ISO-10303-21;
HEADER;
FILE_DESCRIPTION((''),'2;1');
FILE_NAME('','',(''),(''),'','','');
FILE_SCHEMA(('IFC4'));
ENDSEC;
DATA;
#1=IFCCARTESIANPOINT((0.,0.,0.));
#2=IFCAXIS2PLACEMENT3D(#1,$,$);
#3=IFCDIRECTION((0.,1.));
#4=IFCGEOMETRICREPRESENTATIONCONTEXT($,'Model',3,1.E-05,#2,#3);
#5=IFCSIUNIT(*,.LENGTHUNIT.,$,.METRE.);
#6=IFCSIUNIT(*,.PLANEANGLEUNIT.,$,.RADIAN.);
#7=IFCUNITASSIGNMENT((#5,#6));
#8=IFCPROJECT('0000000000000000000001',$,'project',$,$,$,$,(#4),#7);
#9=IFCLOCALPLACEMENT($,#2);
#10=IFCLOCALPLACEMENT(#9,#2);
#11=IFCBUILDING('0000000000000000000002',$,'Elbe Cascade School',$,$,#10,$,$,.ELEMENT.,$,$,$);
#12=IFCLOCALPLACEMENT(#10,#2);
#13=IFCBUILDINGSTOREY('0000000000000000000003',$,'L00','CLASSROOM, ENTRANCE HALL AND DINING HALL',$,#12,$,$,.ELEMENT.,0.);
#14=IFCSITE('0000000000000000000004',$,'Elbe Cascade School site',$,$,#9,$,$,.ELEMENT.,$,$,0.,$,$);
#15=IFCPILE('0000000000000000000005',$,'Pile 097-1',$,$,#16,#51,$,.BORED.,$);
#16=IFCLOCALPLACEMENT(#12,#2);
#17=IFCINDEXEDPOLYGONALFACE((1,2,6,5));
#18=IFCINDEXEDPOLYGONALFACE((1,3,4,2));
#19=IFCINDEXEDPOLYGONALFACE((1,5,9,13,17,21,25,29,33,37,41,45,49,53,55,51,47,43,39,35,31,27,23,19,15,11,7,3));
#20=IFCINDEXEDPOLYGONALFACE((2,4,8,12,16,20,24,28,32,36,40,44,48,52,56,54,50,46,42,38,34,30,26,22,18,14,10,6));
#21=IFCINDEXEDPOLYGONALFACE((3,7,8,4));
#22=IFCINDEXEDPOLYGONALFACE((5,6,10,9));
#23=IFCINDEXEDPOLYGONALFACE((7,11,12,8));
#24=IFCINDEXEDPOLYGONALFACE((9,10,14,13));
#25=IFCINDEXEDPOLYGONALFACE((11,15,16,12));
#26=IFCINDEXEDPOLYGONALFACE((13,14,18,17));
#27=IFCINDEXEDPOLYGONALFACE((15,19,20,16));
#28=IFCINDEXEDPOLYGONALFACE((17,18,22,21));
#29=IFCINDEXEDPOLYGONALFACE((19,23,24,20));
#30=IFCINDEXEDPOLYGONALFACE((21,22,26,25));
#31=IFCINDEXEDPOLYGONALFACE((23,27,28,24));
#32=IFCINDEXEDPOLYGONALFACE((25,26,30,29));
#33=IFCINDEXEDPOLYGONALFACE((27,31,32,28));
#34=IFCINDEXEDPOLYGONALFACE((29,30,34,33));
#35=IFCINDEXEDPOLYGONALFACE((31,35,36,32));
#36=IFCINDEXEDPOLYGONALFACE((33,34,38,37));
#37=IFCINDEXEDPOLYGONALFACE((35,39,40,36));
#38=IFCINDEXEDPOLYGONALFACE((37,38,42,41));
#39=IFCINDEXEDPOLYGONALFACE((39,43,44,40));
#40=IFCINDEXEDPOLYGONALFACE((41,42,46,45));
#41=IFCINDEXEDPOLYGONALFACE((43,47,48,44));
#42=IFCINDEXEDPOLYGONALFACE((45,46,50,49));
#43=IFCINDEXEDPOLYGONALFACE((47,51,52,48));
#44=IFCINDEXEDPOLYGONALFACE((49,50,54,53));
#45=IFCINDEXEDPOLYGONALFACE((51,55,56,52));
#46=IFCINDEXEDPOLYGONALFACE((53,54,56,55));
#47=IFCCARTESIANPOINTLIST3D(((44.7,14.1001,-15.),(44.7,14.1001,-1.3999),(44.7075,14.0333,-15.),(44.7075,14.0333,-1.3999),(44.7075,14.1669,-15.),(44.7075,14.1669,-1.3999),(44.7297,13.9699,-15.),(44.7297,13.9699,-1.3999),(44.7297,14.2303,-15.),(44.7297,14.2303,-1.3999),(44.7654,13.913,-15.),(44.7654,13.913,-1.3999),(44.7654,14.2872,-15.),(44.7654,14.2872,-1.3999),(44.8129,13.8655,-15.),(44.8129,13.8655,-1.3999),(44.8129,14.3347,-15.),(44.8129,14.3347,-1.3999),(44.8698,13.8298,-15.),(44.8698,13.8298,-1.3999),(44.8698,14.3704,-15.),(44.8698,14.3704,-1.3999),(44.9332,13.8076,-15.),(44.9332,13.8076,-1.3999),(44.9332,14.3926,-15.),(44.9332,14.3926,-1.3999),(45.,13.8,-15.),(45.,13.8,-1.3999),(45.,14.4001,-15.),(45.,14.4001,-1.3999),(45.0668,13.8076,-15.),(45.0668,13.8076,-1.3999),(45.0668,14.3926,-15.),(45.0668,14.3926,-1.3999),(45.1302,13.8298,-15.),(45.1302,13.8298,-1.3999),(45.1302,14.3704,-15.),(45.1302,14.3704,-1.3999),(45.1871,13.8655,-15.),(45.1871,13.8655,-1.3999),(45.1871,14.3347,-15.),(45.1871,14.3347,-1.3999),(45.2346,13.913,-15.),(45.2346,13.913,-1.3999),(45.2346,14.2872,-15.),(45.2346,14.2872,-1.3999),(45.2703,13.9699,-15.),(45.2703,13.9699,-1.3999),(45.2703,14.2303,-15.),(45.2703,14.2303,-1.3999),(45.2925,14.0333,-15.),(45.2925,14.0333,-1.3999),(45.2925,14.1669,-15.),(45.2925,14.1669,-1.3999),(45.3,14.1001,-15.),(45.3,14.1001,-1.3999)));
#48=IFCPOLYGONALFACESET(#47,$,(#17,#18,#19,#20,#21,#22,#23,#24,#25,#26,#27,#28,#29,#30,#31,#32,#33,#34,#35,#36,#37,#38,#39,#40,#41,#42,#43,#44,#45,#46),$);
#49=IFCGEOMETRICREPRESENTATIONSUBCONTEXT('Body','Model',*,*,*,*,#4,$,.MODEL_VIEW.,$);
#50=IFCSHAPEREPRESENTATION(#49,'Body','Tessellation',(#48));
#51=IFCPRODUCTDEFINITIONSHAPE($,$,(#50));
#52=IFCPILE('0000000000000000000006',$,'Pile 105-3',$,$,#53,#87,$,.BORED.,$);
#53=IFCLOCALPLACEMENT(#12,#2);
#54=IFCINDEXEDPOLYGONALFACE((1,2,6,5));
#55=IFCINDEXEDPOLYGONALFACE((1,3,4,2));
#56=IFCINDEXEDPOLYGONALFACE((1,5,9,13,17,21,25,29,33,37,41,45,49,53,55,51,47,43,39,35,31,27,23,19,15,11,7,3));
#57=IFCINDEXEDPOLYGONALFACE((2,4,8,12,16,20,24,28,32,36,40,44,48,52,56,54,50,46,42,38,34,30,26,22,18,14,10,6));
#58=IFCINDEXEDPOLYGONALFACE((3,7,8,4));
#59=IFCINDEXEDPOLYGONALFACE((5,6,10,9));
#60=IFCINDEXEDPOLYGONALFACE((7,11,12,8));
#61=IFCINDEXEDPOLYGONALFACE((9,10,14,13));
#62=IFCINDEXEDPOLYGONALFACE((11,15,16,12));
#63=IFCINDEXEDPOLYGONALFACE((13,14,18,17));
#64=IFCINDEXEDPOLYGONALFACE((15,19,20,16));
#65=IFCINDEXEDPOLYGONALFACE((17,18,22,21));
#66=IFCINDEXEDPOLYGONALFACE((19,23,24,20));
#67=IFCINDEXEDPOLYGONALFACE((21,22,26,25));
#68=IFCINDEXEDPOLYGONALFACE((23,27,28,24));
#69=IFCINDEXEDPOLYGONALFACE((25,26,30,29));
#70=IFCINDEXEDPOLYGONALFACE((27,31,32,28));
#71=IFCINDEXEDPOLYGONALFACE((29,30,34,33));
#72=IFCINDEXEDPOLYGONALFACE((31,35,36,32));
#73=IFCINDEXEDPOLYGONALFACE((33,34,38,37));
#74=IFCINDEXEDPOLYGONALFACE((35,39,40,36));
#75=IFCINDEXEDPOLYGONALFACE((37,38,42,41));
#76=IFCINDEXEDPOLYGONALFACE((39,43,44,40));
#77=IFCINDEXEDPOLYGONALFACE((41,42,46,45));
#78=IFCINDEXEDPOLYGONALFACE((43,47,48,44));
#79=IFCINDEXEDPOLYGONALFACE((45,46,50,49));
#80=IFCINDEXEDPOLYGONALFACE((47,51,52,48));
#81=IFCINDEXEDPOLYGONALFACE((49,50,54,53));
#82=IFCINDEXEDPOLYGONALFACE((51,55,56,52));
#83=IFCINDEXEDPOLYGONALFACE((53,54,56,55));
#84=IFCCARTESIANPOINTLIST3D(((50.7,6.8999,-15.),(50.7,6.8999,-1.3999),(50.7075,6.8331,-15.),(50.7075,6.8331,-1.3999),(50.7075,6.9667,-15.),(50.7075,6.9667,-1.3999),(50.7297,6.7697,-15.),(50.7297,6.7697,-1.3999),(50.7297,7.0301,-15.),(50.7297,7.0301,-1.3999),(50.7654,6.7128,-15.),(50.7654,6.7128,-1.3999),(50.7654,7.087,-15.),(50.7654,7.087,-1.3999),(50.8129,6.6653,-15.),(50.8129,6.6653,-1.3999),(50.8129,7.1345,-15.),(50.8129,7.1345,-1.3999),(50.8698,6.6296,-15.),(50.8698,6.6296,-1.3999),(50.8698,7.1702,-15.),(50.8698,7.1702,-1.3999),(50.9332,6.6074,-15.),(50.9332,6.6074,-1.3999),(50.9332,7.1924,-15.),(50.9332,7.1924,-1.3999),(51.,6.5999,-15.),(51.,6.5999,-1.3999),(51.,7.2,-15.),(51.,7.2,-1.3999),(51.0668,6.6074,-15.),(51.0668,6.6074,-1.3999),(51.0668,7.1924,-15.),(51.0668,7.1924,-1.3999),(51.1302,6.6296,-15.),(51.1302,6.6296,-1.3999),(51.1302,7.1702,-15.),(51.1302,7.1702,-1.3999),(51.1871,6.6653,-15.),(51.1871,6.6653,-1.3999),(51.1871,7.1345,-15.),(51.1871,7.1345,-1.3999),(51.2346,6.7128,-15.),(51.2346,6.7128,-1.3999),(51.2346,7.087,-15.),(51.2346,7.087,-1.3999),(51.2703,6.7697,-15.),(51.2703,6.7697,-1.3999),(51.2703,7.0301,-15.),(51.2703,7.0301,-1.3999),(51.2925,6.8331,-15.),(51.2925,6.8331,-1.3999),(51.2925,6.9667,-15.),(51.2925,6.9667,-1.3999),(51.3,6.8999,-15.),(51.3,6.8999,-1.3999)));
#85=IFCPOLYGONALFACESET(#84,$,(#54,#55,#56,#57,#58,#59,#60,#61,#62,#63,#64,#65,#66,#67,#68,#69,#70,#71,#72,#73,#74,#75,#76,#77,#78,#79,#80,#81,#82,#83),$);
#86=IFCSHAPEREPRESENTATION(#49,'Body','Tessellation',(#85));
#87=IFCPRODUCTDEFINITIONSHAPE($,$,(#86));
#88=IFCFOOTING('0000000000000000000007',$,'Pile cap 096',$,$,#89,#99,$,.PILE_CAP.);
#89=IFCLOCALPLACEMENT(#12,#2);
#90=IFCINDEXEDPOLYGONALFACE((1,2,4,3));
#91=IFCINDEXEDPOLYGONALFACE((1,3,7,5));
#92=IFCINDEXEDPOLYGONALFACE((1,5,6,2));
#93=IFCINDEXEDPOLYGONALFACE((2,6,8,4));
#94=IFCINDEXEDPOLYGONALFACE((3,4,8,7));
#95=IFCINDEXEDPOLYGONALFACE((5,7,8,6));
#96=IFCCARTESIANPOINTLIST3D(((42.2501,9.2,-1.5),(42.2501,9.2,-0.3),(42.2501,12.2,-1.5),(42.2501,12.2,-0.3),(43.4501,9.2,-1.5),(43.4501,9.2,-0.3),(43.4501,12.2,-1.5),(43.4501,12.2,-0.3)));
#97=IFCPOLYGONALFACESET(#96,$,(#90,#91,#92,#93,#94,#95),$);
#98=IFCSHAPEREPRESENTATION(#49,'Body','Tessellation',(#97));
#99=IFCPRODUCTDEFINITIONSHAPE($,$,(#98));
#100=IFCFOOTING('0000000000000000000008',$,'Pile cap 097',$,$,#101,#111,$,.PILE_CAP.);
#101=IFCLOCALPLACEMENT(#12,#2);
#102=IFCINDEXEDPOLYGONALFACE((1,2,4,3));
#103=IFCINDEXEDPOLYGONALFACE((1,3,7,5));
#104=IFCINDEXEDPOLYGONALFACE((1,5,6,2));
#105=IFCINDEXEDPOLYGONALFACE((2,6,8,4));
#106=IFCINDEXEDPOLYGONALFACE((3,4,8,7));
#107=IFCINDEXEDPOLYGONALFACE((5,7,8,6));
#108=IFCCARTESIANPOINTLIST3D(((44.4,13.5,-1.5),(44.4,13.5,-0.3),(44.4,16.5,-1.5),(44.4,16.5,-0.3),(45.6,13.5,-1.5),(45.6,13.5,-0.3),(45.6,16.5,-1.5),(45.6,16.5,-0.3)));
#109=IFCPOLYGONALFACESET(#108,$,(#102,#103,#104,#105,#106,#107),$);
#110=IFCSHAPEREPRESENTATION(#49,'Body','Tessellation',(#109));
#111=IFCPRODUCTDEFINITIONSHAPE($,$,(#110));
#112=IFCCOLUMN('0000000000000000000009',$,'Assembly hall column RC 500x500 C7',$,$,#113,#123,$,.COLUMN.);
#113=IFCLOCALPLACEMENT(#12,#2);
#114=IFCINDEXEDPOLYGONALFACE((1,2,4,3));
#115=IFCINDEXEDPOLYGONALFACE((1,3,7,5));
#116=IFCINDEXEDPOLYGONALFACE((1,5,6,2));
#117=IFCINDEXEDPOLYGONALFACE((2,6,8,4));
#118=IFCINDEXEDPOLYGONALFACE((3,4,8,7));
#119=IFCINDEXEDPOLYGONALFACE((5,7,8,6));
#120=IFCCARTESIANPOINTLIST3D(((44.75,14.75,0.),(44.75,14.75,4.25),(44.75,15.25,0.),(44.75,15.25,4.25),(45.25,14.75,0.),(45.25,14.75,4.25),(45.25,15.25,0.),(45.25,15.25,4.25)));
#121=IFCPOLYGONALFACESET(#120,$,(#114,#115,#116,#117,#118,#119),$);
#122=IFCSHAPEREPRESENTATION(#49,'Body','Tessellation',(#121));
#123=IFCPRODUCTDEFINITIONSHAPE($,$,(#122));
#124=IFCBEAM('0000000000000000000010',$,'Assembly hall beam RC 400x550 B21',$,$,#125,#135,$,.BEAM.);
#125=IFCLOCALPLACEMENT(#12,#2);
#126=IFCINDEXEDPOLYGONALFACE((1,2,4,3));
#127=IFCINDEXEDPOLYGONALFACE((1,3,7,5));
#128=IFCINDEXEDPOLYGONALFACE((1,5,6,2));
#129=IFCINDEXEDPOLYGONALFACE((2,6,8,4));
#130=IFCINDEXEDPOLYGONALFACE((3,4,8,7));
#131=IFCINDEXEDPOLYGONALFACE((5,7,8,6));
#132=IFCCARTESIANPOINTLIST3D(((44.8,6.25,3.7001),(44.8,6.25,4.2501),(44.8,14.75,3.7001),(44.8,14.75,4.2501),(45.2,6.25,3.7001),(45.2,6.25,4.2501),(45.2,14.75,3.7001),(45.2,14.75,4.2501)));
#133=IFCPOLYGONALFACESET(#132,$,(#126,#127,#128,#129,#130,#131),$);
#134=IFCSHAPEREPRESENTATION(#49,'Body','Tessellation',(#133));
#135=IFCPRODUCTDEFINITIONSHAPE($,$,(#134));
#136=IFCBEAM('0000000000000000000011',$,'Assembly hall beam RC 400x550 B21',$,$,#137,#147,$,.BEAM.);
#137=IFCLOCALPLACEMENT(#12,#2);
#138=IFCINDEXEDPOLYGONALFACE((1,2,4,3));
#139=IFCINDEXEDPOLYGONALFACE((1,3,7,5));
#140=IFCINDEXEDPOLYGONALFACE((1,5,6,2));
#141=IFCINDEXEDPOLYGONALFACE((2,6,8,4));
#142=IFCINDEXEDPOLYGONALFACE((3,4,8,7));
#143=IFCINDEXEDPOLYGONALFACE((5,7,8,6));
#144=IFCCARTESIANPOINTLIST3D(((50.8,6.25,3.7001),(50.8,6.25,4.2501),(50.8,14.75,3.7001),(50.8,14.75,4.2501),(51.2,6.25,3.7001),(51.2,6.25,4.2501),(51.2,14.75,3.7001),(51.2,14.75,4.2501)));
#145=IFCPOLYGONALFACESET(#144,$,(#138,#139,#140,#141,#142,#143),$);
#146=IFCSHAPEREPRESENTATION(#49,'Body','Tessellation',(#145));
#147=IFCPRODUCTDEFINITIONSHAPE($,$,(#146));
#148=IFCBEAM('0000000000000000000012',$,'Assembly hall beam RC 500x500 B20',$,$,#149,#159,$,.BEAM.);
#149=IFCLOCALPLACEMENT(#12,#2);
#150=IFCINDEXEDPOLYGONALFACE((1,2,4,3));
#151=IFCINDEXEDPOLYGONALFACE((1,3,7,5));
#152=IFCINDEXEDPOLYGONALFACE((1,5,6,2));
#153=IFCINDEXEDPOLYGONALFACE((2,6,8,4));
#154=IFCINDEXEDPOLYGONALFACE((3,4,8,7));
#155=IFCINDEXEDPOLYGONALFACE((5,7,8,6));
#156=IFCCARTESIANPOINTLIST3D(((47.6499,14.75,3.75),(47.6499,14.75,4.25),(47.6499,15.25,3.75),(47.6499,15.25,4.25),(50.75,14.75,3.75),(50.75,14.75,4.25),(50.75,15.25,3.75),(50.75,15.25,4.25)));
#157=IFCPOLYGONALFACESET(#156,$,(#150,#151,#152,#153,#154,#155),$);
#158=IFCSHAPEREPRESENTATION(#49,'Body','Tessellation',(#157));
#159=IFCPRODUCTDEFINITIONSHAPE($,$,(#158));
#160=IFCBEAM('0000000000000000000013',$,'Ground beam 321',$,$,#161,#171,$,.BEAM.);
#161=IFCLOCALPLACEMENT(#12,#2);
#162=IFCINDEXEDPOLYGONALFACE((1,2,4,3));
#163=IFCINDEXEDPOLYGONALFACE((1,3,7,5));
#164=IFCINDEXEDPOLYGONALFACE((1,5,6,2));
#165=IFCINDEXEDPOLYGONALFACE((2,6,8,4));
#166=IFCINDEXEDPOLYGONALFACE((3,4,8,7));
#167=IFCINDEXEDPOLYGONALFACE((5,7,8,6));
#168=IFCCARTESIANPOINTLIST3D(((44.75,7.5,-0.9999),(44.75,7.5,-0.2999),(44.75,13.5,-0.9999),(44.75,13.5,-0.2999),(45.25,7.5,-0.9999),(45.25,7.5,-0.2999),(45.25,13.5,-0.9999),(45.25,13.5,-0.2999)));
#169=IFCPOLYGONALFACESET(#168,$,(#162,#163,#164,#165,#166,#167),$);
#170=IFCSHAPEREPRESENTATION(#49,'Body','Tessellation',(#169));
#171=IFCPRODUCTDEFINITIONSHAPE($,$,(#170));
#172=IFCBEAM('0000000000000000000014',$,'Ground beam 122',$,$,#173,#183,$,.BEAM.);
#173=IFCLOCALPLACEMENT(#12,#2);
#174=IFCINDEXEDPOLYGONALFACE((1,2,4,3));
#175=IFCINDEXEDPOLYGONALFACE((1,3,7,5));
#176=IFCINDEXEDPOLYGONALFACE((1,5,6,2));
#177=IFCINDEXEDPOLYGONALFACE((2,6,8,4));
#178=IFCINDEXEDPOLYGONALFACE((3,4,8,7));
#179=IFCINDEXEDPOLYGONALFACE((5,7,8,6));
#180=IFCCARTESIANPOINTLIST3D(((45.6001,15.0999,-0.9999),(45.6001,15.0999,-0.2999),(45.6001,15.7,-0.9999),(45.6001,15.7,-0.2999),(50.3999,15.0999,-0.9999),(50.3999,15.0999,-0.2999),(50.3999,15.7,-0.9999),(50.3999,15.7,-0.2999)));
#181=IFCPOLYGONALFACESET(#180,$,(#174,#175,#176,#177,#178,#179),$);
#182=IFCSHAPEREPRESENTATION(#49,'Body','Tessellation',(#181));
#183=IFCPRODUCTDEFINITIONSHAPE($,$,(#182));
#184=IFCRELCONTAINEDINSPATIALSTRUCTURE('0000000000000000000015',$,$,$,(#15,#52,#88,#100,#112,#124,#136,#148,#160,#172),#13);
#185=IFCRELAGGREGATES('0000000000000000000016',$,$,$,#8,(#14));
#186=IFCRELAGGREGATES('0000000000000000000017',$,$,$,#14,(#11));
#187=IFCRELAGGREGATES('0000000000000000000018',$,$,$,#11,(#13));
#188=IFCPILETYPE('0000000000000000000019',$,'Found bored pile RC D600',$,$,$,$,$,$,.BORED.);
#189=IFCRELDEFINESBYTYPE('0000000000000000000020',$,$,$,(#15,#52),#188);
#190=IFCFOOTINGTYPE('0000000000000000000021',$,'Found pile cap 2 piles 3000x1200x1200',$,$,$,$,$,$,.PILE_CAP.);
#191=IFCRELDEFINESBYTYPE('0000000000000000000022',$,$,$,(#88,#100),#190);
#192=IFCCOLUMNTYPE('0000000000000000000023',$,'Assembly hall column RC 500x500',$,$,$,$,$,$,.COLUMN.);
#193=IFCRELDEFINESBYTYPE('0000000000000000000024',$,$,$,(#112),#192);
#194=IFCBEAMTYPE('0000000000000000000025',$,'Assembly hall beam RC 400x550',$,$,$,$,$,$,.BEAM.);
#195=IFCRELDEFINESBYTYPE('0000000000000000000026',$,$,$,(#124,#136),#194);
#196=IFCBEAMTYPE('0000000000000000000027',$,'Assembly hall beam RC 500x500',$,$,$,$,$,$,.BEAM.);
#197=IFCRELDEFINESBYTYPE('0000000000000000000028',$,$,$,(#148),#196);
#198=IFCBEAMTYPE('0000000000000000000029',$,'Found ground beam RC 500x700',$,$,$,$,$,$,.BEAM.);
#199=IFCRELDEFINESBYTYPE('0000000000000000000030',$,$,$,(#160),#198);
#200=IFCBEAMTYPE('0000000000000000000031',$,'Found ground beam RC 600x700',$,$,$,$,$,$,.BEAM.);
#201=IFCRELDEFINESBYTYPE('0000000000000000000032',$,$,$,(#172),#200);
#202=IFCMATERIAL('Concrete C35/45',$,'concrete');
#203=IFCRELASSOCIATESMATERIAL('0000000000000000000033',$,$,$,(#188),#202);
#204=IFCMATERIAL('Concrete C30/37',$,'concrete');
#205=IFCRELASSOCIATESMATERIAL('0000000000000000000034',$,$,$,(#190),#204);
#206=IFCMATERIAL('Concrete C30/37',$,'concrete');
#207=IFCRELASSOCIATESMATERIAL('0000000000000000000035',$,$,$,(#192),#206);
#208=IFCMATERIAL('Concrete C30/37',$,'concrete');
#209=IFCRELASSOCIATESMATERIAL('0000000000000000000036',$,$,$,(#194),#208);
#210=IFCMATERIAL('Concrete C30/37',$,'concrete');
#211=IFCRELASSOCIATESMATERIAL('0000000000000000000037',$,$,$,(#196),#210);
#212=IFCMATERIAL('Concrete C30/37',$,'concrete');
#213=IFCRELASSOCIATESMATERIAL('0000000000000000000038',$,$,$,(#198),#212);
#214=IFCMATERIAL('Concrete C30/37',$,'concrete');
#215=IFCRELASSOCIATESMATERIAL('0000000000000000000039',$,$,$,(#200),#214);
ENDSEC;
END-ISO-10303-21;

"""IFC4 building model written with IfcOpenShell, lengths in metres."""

from ifc_helpers import new_model, si_unit, direction, frame, origin, origin_2d, place, context, subcontext, project, spatial, rectangle, circle, extrude, material, material_profile, profile_set, type_object, element, save


model = new_model("IFC4")

# Units and contexts
model_context = context("Model", 3, precision=1e-05, world=origin(), true_north=direction((0.0, 1.0)))
body_context = subcontext(model_context, "Body", "Model", "MODEL_VIEW")
ifc_project = project(units=[si_unit("LENGTHUNIT", "METRE"), si_unit("PLANEANGLEUNIT", "RADIAN")], contexts=[model_context])

# Site, building, storey
site_placement = place(None, origin())
site = spatial("IfcSite", under=ifc_project, at=site_placement, Name="Elbe Cascade School site", CompositionType="ELEMENT", RefElevation=0.0)
building_placement = place(site_placement, origin())
building = spatial("IfcBuilding", under=site, at=building_placement, Name="Elbe Cascade School", CompositionType="ELEMENT")
storey_placement = place(building_placement, origin())
storey = spatial("IfcBuildingStorey", under=building, at=storey_placement, Name="L00", Description="CLASSROOM, ENTRANCE HALL AND DINING HALL", CompositionType="ELEMENT", Elevation=0.0)

# Piles
ifc_material_1 = material(Name="Concrete C35/45", Category="concrete")
ifc_material_profile_1 = material_profile(ifc_material_1, circle(Radius=0.3, at=origin_2d()), Name="RC D600")
ifc_profile_set_1 = profile_set([ifc_material_profile_1], Name="Concrete C35/45")
pile_type = type_object("IfcPileType", Name="Found bored pile RC D600", PredefinedType="BORED", material=ifc_profile_set_1)
for number, where, z_axis, x_axis, name in (
    (1, (45.0, 14.1001, -1.3999), (0.0, 0.0, -1.0), (1.0, 0.0, 0.0), "Pile 097-1"),
    (2, (51.0, 6.8999, -1.3999), (0.0, 0.0, -1.0), (1.0, 0.0, 0.0), "Pile 105-3"),
):
    element("IfcPile", number, at=place(storey_placement, frame(where, z_axis=z_axis, x_axis=x_axis)), inside=storey, type_object=pile_type, Name=name, PredefinedType="BORED", context=body_context, shape_type="SweptSolid", body=[
        extrude(circle(Radius=0.3, at=origin_2d()), origin(), (0.0, 0.0, 1.0), 13.6001),
    ])

# Footings
ifc_material_2 = material(Name="Concrete C30/37", Category="concrete")
footing_type = type_object("IfcFootingType", Name="Found pile cap 2 piles 3000x1200x1200", PredefinedType="PILE_CAP", material=ifc_material_2)
for number, where, z_axis, x_axis, name in (
    (3, (42.8501, 10.7, -1.5), (0.0, 0.0, 1.0), (1.0, 0.0, 0.0), "Pile cap 096"),
    (4, (45.0, 15.0, -1.5), (0.0, 0.0, 1.0), (1.0, 0.0, 0.0), "Pile cap 097"),
):
    element("IfcFooting", number, at=place(storey_placement, frame(where, z_axis=z_axis, x_axis=x_axis)), inside=storey, type_object=footing_type, Name=name, PredefinedType="PILE_CAP", context=body_context, shape_type="SweptSolid", body=[
        extrude(rectangle(XDim=1.2, YDim=3.0, at=origin_2d()), origin(), (0.0, 0.0, 1.0), 1.2),
    ])

# Column
ifc_material_3 = material(Name="Concrete C30/37", Category="concrete")
ifc_material_profile_2 = material_profile(ifc_material_3, rectangle(XDim=0.5, YDim=0.5, at=origin_2d()), Name="RC 500x500")
ifc_profile_set_2 = profile_set([ifc_material_profile_2], Name="Concrete C30/37")
column_type = type_object("IfcColumnType", Name="Assembly hall column RC 500x500", PredefinedType="COLUMN", material=ifc_profile_set_2)
column_placement = place(storey_placement, frame((45.0, 15.0, 0.0), z_axis=(0.0, 0.0, 1.0), x_axis=(1.0, 0.0, 0.0)))
element("IfcColumn", 5, at=column_placement, inside=storey, type_object=column_type, Name="Assembly hall column RC 500x500 C7", PredefinedType="COLUMN", context=body_context, shape_type="SweptSolid", body=[
    extrude(rectangle(XDim=0.5, YDim=0.5, at=origin_2d()), origin(), (0.0, 0.0, 1.0), 4.25),
])

# Beams
ifc_material_4 = material(Name="Concrete C30/37", Category="concrete")
ifc_material_profile_3 = material_profile(ifc_material_4, rectangle(XDim=0.3999, YDim=0.55, at=origin_2d()), Name="RC 400x550")
ifc_profile_set_3 = profile_set([ifc_material_profile_3], Name="Concrete C30/37")
beam_type_1 = type_object("IfcBeamType", Name="Assembly hall beam RC 400x550", PredefinedType="BEAM", material=ifc_profile_set_3)
for number, where, z_axis, x_axis, name in (
    (6, (45.0, 6.25, 3.9751), (0.0, 1.0, 0.0), (-1.0, 0.0, 0.0), "Assembly hall beam RC 400x550 B21"),
    (7, (51.0, 6.25, 3.9751), (0.0, 1.0, 0.0), (-1.0, 0.0, 0.0), "Assembly hall beam RC 400x550 B21"),
):
    element("IfcBeam", number, at=place(storey_placement, frame(where, z_axis=z_axis, x_axis=x_axis)), inside=storey, type_object=beam_type_1, Name=name, PredefinedType="BEAM", context=body_context, shape_type="SweptSolid", body=[
        extrude(rectangle(XDim=0.3999, YDim=0.55, at=origin_2d()), origin(), (0.0, 0.0, 1.0), 8.5),
    ])
ifc_material_5 = material(Name="Concrete C30/37", Category="concrete")
ifc_material_profile_4 = material_profile(ifc_material_5, rectangle(XDim=0.5, YDim=0.5, at=origin_2d()), Name="RC 500x500")
ifc_profile_set_4 = profile_set([ifc_material_profile_4], Name="Concrete C30/37")
beam_type_2 = type_object("IfcBeamType", Name="Assembly hall beam RC 500x500", PredefinedType="BEAM", material=ifc_profile_set_4)
beam_1_placement = place(storey_placement, frame((47.6499, 15.0, 4.0), z_axis=(1.0, 0.0, 0.0), x_axis=(0.0, 1.0, 0.0)))
element("IfcBeam", 8, at=beam_1_placement, inside=storey, type_object=beam_type_2, Name="Assembly hall beam RC 500x500 B20", PredefinedType="BEAM", context=body_context, shape_type="SweptSolid", body=[
    extrude(rectangle(XDim=0.5, YDim=0.5, at=origin_2d()), origin(), (0.0, 0.0, 1.0), 3.1001),
])
ifc_material_6 = material(Name="Concrete C30/37", Category="concrete")
ifc_material_profile_5 = material_profile(ifc_material_6, rectangle(XDim=0.5, YDim=0.7, at=origin_2d()), Name="RC 500x700")
ifc_profile_set_5 = profile_set([ifc_material_profile_5], Name="Concrete C30/37")
beam_type_3 = type_object("IfcBeamType", Name="Found ground beam RC 500x700", PredefinedType="BEAM", material=ifc_profile_set_5)
beam_2_placement = place(storey_placement, frame((45.0, 7.5, -0.6499), z_axis=(0.0, 1.0, 0.0), x_axis=(-1.0, 0.0, 0.0)))
element("IfcBeam", 9, at=beam_2_placement, inside=storey, type_object=beam_type_3, Name="Ground beam 321", PredefinedType="BEAM", context=body_context, shape_type="SweptSolid", body=[
    extrude(rectangle(XDim=0.5, YDim=0.7, at=origin_2d()), origin(), (0.0, 0.0, 1.0), 6.0),
])
ifc_material_7 = material(Name="Concrete C30/37", Category="concrete")
ifc_material_profile_6 = material_profile(ifc_material_7, rectangle(XDim=0.6001, YDim=0.7, at=origin_2d()), Name="RC 600x700")
ifc_profile_set_6 = profile_set([ifc_material_profile_6], Name="Concrete C30/37")
beam_type_4 = type_object("IfcBeamType", Name="Found ground beam RC 600x700", PredefinedType="BEAM", material=ifc_profile_set_6)
beam_3_placement = place(storey_placement, frame((45.6001, 15.3999, -0.6499), z_axis=(1.0, 0.0, 0.0), x_axis=(0.0, 1.0, 0.0)))
element("IfcBeam", 10, at=beam_3_placement, inside=storey, type_object=beam_type_4, Name="Ground beam 122", PredefinedType="BEAM", context=body_context, shape_type="SweptSolid", body=[
    extrude(rectangle(XDim=0.6001, YDim=0.7, at=origin_2d()), origin(), (0.0, 0.0, 1.0), 4.7998),
])

save(model, "model.ifc")
